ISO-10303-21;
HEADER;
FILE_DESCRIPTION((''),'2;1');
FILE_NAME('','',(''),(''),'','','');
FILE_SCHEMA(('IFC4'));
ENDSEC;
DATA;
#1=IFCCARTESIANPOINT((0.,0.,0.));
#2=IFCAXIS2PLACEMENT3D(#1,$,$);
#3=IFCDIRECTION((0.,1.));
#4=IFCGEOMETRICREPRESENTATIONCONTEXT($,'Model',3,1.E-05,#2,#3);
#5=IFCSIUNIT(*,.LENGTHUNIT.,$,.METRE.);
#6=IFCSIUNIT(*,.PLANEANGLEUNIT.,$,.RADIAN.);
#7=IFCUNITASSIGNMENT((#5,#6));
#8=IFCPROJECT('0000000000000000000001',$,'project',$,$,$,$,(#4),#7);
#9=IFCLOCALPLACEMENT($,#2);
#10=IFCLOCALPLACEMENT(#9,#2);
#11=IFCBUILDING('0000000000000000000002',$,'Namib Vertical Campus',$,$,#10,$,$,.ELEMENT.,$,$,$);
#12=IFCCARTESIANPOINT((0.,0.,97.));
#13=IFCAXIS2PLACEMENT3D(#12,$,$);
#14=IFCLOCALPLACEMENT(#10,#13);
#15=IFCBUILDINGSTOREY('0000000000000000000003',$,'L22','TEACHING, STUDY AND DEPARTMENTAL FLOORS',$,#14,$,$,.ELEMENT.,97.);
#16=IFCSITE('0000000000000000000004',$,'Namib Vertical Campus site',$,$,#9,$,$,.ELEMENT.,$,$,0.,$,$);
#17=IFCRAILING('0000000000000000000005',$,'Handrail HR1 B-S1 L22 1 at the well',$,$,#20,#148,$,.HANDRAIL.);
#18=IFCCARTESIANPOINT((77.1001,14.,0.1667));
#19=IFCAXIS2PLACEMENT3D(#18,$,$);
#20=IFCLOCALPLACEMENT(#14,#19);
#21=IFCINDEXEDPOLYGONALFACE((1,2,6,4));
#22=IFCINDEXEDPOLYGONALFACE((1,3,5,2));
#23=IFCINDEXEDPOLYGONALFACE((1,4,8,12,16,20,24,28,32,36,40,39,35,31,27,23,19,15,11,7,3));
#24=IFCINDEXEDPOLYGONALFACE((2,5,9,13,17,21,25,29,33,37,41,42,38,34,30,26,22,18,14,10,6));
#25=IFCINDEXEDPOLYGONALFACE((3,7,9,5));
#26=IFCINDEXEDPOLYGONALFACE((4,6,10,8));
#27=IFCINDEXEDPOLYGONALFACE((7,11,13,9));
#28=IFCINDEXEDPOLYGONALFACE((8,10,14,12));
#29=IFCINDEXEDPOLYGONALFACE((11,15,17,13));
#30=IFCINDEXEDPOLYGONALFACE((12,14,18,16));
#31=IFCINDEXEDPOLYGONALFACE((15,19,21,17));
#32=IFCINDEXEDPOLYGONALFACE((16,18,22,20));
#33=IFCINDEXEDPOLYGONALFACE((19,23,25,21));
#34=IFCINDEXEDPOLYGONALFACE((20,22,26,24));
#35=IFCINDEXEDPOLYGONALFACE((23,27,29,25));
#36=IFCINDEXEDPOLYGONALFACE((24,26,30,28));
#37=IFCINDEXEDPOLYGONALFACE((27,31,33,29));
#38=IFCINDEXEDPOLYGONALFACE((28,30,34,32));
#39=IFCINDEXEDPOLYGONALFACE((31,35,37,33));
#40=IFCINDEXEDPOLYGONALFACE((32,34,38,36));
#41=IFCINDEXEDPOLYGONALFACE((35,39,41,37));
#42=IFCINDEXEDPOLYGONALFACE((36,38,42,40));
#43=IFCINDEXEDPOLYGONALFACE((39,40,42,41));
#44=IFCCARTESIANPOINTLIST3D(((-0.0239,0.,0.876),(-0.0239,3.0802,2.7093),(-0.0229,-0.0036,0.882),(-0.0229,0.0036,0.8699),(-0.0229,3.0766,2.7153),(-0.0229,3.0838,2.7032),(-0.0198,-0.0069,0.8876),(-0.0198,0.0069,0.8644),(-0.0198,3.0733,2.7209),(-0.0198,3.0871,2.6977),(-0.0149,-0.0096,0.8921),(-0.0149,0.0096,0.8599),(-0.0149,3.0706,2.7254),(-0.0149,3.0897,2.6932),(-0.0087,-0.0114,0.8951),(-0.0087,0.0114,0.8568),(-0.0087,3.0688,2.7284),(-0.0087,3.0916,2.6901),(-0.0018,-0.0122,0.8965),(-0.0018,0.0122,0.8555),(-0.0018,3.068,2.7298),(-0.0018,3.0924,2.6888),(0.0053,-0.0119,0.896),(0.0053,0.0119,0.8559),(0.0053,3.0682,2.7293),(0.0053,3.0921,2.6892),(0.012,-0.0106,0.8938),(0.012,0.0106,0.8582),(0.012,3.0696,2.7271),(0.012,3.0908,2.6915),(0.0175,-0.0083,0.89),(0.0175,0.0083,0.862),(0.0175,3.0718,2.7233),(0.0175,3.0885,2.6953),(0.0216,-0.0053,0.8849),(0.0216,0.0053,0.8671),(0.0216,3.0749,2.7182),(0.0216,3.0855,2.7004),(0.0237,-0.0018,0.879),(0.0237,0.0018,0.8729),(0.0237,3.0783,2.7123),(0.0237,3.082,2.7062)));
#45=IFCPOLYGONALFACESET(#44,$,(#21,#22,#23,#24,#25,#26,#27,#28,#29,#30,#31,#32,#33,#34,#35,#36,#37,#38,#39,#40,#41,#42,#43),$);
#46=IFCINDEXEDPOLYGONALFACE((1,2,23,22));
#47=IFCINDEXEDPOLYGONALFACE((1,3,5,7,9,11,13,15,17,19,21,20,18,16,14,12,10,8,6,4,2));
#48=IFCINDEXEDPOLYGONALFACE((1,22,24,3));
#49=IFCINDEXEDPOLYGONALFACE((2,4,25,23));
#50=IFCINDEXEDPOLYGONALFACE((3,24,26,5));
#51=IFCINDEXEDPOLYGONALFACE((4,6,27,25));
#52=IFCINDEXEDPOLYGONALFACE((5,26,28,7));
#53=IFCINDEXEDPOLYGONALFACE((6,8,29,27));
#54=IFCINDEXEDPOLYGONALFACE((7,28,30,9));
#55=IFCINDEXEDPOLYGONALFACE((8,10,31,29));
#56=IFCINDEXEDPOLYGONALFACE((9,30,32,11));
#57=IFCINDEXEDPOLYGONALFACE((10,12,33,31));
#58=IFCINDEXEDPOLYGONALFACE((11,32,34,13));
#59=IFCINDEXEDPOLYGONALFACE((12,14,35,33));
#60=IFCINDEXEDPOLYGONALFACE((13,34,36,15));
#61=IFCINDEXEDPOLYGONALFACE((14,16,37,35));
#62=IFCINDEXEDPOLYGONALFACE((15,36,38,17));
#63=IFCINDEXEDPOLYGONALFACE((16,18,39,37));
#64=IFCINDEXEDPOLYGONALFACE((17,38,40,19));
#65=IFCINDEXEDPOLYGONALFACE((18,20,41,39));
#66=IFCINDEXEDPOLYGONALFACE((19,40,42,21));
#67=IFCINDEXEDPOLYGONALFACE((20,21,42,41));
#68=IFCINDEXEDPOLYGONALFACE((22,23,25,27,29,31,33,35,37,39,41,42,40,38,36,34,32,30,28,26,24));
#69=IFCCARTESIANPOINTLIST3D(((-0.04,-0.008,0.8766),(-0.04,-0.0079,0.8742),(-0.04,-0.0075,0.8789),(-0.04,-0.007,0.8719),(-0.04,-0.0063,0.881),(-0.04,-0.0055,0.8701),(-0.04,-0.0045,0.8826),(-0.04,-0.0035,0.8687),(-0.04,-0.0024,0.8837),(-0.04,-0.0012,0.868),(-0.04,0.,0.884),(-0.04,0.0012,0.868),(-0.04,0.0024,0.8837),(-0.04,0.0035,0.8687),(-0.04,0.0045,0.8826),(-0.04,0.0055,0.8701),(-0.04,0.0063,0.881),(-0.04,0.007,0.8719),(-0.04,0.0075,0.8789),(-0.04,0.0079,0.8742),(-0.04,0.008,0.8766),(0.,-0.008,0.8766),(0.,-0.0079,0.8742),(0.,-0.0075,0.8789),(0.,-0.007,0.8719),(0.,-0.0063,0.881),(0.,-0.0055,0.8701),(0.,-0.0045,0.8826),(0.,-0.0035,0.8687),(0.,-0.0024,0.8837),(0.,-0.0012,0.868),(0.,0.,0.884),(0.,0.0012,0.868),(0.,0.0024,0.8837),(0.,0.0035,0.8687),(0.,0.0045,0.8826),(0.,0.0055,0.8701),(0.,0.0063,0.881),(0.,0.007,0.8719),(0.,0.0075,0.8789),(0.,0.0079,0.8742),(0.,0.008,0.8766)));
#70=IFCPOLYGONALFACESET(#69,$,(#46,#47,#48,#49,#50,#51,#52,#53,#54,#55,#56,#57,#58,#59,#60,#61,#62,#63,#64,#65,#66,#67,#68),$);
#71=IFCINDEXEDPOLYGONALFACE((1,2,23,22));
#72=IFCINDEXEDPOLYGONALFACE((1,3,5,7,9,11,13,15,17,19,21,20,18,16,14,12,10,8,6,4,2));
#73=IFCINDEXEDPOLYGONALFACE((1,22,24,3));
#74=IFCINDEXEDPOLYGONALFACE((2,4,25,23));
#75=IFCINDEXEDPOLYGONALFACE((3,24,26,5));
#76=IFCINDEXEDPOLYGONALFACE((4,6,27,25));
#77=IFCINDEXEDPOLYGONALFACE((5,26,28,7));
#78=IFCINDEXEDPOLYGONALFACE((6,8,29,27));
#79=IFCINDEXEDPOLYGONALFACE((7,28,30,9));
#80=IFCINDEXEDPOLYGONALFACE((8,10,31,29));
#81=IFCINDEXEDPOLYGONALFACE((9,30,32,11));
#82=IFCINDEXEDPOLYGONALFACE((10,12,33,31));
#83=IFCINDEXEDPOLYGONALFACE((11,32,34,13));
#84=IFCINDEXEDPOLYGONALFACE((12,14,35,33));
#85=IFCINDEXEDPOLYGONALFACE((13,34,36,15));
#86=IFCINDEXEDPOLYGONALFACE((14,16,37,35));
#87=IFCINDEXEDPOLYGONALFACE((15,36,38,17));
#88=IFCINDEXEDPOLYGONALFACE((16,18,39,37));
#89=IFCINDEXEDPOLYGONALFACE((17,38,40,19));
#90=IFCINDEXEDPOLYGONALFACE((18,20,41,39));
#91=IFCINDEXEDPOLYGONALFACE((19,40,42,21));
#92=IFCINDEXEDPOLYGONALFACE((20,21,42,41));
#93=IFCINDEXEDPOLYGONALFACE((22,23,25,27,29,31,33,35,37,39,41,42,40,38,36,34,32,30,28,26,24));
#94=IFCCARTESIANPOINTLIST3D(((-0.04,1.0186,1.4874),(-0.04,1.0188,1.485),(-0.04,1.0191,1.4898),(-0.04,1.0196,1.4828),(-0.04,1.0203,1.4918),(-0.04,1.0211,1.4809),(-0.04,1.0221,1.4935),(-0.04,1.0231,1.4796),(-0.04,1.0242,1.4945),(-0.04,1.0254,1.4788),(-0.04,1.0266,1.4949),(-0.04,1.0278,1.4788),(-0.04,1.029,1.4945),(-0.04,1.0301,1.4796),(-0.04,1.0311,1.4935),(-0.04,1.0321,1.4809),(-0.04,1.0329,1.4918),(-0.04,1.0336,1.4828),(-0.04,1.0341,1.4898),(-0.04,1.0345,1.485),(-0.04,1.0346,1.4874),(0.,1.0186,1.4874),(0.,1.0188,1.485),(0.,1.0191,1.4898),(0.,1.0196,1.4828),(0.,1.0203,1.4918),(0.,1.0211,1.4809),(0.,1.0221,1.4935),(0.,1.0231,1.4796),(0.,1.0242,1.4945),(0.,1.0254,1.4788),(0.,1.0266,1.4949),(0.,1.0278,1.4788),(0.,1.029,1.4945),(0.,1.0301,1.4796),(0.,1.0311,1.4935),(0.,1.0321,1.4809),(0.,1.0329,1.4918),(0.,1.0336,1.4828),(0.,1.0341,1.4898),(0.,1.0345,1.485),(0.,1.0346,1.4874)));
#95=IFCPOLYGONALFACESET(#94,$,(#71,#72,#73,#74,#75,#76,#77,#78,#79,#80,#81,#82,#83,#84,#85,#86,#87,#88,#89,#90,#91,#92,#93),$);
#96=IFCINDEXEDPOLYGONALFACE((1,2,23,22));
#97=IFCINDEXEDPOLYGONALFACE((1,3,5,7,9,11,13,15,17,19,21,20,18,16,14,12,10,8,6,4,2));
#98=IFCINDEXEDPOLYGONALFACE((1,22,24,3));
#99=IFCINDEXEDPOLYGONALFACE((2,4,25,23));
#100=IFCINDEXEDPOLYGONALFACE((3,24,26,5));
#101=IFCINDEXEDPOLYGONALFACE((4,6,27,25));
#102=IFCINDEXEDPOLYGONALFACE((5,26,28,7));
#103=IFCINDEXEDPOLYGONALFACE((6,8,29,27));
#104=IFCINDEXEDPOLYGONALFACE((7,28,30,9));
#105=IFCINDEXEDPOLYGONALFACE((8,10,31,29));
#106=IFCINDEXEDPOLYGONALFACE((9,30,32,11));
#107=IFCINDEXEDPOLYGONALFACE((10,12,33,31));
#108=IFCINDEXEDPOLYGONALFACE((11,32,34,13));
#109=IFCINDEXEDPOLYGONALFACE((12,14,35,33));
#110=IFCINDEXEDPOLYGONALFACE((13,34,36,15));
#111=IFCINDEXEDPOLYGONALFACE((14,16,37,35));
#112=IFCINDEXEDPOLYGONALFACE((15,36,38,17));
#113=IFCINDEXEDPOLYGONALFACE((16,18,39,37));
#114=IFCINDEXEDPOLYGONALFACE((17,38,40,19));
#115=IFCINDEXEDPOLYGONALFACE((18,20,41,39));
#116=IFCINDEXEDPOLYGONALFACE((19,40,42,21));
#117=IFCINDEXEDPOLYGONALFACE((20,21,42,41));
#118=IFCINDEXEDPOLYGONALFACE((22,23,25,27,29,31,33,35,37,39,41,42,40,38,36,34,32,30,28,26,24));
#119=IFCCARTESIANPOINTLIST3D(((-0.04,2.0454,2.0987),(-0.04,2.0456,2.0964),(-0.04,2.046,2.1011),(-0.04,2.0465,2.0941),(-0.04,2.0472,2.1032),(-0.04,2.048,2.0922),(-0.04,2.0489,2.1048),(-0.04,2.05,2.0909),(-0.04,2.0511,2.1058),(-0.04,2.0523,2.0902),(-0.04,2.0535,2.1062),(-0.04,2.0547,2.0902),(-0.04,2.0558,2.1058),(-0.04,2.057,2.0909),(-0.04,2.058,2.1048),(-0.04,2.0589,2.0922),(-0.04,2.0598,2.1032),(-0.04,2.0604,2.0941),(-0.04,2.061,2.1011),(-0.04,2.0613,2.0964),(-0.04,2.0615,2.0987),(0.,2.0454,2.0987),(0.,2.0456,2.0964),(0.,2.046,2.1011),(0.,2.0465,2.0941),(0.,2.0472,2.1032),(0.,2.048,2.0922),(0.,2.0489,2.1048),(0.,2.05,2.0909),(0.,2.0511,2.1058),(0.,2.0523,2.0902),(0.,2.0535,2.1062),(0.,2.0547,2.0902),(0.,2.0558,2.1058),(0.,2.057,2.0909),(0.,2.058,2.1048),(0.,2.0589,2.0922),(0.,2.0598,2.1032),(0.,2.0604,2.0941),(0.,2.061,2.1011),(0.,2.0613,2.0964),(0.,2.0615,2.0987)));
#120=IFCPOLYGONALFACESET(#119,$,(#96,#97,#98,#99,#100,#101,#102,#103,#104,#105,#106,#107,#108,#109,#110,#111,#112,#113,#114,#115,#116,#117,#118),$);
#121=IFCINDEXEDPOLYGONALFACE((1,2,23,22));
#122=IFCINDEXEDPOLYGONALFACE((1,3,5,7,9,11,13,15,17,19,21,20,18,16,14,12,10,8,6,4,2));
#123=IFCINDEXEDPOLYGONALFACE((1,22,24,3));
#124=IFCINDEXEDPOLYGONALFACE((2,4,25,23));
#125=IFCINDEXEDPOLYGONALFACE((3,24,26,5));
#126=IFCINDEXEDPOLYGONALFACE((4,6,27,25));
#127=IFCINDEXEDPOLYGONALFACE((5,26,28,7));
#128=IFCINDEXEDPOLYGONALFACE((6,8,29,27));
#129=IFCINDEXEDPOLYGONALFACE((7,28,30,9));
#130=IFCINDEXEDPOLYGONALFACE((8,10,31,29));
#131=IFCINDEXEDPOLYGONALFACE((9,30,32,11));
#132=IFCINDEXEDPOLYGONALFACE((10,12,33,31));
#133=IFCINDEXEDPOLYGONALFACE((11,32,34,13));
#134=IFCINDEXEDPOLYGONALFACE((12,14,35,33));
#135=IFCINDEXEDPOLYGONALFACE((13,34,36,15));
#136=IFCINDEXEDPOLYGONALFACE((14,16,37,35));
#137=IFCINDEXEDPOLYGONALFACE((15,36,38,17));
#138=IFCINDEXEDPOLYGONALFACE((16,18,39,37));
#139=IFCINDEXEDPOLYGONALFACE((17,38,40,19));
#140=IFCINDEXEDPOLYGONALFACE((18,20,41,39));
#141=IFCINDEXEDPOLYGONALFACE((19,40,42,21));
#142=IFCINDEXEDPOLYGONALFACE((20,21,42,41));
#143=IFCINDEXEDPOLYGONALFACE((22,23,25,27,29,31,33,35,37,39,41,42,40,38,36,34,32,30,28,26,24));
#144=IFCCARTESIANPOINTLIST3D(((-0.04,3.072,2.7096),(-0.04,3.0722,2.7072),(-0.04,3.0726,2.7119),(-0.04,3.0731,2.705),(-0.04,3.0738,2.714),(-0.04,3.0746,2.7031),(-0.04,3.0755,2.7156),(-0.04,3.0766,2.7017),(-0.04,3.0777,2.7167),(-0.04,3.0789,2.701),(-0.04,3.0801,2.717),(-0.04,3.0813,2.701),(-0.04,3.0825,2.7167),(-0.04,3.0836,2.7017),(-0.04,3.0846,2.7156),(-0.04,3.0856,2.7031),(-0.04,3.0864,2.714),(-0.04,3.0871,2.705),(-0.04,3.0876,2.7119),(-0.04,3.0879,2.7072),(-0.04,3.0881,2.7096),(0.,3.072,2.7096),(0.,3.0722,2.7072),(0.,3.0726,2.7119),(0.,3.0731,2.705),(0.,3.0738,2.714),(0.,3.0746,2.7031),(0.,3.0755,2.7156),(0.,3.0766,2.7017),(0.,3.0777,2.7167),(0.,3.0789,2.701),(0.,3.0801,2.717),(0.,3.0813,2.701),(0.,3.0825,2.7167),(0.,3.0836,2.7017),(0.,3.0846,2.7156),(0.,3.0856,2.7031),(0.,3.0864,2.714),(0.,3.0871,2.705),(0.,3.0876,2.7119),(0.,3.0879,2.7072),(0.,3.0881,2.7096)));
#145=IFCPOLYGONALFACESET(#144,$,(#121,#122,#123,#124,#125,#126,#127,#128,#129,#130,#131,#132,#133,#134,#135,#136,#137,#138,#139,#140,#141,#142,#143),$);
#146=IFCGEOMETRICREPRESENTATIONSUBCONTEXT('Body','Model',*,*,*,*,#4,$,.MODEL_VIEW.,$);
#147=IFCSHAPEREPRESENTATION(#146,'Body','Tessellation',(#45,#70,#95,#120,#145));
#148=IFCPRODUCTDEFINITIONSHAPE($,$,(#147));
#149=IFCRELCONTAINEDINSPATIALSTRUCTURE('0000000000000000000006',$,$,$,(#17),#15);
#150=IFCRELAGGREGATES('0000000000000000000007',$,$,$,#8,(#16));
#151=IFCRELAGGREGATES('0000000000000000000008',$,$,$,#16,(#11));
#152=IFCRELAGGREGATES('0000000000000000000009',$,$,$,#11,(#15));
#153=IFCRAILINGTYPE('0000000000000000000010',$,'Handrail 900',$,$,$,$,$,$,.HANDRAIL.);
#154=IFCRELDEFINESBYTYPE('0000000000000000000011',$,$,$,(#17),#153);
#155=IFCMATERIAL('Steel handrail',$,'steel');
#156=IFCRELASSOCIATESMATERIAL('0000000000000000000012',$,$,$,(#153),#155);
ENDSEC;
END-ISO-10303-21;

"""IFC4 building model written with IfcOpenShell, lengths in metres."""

from ifc_helpers import new_model, si_unit, direction, frame, origin, origin_2d, place, context, subcontext, project, spatial, circle, extrude, material, type_object, element, save


model = new_model("IFC4")

# Units and contexts
model_context = context("Model", 3, precision=1e-05, world=origin(), true_north=direction((0.0, 1.0)))
body_context = subcontext(model_context, "Body", "Model", "MODEL_VIEW")
ifc_project = project(units=[si_unit("LENGTHUNIT", "METRE"), si_unit("PLANEANGLEUNIT", "RADIAN")], contexts=[model_context])

# Site, building, storey
site_placement = place(None, origin())
site = spatial("IfcSite", under=ifc_project, at=site_placement, Name="Namib Vertical Campus site", CompositionType="ELEMENT", RefElevation=0.0)
building_placement = place(site_placement, origin())
building = spatial("IfcBuilding", under=site, at=building_placement, Name="Namib Vertical Campus", CompositionType="ELEMENT")
storey_placement = place(building_placement, frame((0.0, 0.0, 97.0)))
storey = spatial("IfcBuildingStorey", under=building, at=storey_placement, Name="L22", Description="TEACHING, STUDY AND DEPARTMENTAL FLOORS", CompositionType="ELEMENT", Elevation=97.0)

# Railing
ifc_material_1 = material(Name="Steel handrail", Category="steel")
railing_type = type_object("IfcRailingType", Name="Handrail 900", PredefinedType="HANDRAIL", material=ifc_material_1)
railing_placement = place(storey_placement, frame((77.1001, 14.0, 0.1667)))
element("IfcRailing", 1, at=railing_placement, inside=storey, type_object=railing_type, Name="Handrail HR1 B-S1 L22 1 at the well", PredefinedType="HANDRAIL", context=body_context, shape_type="SweptSolid", body=[
    extrude(circle(Radius=0.0239, at=origin_2d()), frame((0.0, 0.0, 0.876), z_axis=(0.0, 0.859309, 0.511458), x_axis=(-1.0, 0.0, 0.0)), (0.0, 0.0, 1.0), 3.5845),
    extrude(circle(Radius=0.0081, at=origin_2d()), frame((0.0, 0.0, 0.876), z_axis=(-1.0, 0.0, 0.0), x_axis=(0.0, 0.0, 1.0)), (0.0, 0.0, 1.0), 0.04),
    extrude(circle(Radius=0.0081, at=origin_2d()), frame((0.0, 1.0266, 1.4868), z_axis=(-1.0, 0.0, 0.0), x_axis=(0.0, 0.0, 1.0)), (0.0, 0.0, 1.0), 0.04),
    extrude(circle(Radius=0.0081, at=origin_2d()), frame((0.0, 2.0535, 2.0981), z_axis=(-1.0, 0.0, 0.0), x_axis=(0.0, 0.0, 1.0)), (0.0, 0.0, 1.0), 0.04),
    extrude(circle(Radius=0.0081, at=origin_2d()), frame((0.0, 3.0801, 2.709), z_axis=(-1.0, 0.0, 0.0), x_axis=(0.0, 0.0, 1.0)), (0.0, 0.0, 1.0), 0.04),
])

save(model, "model.ifc")
